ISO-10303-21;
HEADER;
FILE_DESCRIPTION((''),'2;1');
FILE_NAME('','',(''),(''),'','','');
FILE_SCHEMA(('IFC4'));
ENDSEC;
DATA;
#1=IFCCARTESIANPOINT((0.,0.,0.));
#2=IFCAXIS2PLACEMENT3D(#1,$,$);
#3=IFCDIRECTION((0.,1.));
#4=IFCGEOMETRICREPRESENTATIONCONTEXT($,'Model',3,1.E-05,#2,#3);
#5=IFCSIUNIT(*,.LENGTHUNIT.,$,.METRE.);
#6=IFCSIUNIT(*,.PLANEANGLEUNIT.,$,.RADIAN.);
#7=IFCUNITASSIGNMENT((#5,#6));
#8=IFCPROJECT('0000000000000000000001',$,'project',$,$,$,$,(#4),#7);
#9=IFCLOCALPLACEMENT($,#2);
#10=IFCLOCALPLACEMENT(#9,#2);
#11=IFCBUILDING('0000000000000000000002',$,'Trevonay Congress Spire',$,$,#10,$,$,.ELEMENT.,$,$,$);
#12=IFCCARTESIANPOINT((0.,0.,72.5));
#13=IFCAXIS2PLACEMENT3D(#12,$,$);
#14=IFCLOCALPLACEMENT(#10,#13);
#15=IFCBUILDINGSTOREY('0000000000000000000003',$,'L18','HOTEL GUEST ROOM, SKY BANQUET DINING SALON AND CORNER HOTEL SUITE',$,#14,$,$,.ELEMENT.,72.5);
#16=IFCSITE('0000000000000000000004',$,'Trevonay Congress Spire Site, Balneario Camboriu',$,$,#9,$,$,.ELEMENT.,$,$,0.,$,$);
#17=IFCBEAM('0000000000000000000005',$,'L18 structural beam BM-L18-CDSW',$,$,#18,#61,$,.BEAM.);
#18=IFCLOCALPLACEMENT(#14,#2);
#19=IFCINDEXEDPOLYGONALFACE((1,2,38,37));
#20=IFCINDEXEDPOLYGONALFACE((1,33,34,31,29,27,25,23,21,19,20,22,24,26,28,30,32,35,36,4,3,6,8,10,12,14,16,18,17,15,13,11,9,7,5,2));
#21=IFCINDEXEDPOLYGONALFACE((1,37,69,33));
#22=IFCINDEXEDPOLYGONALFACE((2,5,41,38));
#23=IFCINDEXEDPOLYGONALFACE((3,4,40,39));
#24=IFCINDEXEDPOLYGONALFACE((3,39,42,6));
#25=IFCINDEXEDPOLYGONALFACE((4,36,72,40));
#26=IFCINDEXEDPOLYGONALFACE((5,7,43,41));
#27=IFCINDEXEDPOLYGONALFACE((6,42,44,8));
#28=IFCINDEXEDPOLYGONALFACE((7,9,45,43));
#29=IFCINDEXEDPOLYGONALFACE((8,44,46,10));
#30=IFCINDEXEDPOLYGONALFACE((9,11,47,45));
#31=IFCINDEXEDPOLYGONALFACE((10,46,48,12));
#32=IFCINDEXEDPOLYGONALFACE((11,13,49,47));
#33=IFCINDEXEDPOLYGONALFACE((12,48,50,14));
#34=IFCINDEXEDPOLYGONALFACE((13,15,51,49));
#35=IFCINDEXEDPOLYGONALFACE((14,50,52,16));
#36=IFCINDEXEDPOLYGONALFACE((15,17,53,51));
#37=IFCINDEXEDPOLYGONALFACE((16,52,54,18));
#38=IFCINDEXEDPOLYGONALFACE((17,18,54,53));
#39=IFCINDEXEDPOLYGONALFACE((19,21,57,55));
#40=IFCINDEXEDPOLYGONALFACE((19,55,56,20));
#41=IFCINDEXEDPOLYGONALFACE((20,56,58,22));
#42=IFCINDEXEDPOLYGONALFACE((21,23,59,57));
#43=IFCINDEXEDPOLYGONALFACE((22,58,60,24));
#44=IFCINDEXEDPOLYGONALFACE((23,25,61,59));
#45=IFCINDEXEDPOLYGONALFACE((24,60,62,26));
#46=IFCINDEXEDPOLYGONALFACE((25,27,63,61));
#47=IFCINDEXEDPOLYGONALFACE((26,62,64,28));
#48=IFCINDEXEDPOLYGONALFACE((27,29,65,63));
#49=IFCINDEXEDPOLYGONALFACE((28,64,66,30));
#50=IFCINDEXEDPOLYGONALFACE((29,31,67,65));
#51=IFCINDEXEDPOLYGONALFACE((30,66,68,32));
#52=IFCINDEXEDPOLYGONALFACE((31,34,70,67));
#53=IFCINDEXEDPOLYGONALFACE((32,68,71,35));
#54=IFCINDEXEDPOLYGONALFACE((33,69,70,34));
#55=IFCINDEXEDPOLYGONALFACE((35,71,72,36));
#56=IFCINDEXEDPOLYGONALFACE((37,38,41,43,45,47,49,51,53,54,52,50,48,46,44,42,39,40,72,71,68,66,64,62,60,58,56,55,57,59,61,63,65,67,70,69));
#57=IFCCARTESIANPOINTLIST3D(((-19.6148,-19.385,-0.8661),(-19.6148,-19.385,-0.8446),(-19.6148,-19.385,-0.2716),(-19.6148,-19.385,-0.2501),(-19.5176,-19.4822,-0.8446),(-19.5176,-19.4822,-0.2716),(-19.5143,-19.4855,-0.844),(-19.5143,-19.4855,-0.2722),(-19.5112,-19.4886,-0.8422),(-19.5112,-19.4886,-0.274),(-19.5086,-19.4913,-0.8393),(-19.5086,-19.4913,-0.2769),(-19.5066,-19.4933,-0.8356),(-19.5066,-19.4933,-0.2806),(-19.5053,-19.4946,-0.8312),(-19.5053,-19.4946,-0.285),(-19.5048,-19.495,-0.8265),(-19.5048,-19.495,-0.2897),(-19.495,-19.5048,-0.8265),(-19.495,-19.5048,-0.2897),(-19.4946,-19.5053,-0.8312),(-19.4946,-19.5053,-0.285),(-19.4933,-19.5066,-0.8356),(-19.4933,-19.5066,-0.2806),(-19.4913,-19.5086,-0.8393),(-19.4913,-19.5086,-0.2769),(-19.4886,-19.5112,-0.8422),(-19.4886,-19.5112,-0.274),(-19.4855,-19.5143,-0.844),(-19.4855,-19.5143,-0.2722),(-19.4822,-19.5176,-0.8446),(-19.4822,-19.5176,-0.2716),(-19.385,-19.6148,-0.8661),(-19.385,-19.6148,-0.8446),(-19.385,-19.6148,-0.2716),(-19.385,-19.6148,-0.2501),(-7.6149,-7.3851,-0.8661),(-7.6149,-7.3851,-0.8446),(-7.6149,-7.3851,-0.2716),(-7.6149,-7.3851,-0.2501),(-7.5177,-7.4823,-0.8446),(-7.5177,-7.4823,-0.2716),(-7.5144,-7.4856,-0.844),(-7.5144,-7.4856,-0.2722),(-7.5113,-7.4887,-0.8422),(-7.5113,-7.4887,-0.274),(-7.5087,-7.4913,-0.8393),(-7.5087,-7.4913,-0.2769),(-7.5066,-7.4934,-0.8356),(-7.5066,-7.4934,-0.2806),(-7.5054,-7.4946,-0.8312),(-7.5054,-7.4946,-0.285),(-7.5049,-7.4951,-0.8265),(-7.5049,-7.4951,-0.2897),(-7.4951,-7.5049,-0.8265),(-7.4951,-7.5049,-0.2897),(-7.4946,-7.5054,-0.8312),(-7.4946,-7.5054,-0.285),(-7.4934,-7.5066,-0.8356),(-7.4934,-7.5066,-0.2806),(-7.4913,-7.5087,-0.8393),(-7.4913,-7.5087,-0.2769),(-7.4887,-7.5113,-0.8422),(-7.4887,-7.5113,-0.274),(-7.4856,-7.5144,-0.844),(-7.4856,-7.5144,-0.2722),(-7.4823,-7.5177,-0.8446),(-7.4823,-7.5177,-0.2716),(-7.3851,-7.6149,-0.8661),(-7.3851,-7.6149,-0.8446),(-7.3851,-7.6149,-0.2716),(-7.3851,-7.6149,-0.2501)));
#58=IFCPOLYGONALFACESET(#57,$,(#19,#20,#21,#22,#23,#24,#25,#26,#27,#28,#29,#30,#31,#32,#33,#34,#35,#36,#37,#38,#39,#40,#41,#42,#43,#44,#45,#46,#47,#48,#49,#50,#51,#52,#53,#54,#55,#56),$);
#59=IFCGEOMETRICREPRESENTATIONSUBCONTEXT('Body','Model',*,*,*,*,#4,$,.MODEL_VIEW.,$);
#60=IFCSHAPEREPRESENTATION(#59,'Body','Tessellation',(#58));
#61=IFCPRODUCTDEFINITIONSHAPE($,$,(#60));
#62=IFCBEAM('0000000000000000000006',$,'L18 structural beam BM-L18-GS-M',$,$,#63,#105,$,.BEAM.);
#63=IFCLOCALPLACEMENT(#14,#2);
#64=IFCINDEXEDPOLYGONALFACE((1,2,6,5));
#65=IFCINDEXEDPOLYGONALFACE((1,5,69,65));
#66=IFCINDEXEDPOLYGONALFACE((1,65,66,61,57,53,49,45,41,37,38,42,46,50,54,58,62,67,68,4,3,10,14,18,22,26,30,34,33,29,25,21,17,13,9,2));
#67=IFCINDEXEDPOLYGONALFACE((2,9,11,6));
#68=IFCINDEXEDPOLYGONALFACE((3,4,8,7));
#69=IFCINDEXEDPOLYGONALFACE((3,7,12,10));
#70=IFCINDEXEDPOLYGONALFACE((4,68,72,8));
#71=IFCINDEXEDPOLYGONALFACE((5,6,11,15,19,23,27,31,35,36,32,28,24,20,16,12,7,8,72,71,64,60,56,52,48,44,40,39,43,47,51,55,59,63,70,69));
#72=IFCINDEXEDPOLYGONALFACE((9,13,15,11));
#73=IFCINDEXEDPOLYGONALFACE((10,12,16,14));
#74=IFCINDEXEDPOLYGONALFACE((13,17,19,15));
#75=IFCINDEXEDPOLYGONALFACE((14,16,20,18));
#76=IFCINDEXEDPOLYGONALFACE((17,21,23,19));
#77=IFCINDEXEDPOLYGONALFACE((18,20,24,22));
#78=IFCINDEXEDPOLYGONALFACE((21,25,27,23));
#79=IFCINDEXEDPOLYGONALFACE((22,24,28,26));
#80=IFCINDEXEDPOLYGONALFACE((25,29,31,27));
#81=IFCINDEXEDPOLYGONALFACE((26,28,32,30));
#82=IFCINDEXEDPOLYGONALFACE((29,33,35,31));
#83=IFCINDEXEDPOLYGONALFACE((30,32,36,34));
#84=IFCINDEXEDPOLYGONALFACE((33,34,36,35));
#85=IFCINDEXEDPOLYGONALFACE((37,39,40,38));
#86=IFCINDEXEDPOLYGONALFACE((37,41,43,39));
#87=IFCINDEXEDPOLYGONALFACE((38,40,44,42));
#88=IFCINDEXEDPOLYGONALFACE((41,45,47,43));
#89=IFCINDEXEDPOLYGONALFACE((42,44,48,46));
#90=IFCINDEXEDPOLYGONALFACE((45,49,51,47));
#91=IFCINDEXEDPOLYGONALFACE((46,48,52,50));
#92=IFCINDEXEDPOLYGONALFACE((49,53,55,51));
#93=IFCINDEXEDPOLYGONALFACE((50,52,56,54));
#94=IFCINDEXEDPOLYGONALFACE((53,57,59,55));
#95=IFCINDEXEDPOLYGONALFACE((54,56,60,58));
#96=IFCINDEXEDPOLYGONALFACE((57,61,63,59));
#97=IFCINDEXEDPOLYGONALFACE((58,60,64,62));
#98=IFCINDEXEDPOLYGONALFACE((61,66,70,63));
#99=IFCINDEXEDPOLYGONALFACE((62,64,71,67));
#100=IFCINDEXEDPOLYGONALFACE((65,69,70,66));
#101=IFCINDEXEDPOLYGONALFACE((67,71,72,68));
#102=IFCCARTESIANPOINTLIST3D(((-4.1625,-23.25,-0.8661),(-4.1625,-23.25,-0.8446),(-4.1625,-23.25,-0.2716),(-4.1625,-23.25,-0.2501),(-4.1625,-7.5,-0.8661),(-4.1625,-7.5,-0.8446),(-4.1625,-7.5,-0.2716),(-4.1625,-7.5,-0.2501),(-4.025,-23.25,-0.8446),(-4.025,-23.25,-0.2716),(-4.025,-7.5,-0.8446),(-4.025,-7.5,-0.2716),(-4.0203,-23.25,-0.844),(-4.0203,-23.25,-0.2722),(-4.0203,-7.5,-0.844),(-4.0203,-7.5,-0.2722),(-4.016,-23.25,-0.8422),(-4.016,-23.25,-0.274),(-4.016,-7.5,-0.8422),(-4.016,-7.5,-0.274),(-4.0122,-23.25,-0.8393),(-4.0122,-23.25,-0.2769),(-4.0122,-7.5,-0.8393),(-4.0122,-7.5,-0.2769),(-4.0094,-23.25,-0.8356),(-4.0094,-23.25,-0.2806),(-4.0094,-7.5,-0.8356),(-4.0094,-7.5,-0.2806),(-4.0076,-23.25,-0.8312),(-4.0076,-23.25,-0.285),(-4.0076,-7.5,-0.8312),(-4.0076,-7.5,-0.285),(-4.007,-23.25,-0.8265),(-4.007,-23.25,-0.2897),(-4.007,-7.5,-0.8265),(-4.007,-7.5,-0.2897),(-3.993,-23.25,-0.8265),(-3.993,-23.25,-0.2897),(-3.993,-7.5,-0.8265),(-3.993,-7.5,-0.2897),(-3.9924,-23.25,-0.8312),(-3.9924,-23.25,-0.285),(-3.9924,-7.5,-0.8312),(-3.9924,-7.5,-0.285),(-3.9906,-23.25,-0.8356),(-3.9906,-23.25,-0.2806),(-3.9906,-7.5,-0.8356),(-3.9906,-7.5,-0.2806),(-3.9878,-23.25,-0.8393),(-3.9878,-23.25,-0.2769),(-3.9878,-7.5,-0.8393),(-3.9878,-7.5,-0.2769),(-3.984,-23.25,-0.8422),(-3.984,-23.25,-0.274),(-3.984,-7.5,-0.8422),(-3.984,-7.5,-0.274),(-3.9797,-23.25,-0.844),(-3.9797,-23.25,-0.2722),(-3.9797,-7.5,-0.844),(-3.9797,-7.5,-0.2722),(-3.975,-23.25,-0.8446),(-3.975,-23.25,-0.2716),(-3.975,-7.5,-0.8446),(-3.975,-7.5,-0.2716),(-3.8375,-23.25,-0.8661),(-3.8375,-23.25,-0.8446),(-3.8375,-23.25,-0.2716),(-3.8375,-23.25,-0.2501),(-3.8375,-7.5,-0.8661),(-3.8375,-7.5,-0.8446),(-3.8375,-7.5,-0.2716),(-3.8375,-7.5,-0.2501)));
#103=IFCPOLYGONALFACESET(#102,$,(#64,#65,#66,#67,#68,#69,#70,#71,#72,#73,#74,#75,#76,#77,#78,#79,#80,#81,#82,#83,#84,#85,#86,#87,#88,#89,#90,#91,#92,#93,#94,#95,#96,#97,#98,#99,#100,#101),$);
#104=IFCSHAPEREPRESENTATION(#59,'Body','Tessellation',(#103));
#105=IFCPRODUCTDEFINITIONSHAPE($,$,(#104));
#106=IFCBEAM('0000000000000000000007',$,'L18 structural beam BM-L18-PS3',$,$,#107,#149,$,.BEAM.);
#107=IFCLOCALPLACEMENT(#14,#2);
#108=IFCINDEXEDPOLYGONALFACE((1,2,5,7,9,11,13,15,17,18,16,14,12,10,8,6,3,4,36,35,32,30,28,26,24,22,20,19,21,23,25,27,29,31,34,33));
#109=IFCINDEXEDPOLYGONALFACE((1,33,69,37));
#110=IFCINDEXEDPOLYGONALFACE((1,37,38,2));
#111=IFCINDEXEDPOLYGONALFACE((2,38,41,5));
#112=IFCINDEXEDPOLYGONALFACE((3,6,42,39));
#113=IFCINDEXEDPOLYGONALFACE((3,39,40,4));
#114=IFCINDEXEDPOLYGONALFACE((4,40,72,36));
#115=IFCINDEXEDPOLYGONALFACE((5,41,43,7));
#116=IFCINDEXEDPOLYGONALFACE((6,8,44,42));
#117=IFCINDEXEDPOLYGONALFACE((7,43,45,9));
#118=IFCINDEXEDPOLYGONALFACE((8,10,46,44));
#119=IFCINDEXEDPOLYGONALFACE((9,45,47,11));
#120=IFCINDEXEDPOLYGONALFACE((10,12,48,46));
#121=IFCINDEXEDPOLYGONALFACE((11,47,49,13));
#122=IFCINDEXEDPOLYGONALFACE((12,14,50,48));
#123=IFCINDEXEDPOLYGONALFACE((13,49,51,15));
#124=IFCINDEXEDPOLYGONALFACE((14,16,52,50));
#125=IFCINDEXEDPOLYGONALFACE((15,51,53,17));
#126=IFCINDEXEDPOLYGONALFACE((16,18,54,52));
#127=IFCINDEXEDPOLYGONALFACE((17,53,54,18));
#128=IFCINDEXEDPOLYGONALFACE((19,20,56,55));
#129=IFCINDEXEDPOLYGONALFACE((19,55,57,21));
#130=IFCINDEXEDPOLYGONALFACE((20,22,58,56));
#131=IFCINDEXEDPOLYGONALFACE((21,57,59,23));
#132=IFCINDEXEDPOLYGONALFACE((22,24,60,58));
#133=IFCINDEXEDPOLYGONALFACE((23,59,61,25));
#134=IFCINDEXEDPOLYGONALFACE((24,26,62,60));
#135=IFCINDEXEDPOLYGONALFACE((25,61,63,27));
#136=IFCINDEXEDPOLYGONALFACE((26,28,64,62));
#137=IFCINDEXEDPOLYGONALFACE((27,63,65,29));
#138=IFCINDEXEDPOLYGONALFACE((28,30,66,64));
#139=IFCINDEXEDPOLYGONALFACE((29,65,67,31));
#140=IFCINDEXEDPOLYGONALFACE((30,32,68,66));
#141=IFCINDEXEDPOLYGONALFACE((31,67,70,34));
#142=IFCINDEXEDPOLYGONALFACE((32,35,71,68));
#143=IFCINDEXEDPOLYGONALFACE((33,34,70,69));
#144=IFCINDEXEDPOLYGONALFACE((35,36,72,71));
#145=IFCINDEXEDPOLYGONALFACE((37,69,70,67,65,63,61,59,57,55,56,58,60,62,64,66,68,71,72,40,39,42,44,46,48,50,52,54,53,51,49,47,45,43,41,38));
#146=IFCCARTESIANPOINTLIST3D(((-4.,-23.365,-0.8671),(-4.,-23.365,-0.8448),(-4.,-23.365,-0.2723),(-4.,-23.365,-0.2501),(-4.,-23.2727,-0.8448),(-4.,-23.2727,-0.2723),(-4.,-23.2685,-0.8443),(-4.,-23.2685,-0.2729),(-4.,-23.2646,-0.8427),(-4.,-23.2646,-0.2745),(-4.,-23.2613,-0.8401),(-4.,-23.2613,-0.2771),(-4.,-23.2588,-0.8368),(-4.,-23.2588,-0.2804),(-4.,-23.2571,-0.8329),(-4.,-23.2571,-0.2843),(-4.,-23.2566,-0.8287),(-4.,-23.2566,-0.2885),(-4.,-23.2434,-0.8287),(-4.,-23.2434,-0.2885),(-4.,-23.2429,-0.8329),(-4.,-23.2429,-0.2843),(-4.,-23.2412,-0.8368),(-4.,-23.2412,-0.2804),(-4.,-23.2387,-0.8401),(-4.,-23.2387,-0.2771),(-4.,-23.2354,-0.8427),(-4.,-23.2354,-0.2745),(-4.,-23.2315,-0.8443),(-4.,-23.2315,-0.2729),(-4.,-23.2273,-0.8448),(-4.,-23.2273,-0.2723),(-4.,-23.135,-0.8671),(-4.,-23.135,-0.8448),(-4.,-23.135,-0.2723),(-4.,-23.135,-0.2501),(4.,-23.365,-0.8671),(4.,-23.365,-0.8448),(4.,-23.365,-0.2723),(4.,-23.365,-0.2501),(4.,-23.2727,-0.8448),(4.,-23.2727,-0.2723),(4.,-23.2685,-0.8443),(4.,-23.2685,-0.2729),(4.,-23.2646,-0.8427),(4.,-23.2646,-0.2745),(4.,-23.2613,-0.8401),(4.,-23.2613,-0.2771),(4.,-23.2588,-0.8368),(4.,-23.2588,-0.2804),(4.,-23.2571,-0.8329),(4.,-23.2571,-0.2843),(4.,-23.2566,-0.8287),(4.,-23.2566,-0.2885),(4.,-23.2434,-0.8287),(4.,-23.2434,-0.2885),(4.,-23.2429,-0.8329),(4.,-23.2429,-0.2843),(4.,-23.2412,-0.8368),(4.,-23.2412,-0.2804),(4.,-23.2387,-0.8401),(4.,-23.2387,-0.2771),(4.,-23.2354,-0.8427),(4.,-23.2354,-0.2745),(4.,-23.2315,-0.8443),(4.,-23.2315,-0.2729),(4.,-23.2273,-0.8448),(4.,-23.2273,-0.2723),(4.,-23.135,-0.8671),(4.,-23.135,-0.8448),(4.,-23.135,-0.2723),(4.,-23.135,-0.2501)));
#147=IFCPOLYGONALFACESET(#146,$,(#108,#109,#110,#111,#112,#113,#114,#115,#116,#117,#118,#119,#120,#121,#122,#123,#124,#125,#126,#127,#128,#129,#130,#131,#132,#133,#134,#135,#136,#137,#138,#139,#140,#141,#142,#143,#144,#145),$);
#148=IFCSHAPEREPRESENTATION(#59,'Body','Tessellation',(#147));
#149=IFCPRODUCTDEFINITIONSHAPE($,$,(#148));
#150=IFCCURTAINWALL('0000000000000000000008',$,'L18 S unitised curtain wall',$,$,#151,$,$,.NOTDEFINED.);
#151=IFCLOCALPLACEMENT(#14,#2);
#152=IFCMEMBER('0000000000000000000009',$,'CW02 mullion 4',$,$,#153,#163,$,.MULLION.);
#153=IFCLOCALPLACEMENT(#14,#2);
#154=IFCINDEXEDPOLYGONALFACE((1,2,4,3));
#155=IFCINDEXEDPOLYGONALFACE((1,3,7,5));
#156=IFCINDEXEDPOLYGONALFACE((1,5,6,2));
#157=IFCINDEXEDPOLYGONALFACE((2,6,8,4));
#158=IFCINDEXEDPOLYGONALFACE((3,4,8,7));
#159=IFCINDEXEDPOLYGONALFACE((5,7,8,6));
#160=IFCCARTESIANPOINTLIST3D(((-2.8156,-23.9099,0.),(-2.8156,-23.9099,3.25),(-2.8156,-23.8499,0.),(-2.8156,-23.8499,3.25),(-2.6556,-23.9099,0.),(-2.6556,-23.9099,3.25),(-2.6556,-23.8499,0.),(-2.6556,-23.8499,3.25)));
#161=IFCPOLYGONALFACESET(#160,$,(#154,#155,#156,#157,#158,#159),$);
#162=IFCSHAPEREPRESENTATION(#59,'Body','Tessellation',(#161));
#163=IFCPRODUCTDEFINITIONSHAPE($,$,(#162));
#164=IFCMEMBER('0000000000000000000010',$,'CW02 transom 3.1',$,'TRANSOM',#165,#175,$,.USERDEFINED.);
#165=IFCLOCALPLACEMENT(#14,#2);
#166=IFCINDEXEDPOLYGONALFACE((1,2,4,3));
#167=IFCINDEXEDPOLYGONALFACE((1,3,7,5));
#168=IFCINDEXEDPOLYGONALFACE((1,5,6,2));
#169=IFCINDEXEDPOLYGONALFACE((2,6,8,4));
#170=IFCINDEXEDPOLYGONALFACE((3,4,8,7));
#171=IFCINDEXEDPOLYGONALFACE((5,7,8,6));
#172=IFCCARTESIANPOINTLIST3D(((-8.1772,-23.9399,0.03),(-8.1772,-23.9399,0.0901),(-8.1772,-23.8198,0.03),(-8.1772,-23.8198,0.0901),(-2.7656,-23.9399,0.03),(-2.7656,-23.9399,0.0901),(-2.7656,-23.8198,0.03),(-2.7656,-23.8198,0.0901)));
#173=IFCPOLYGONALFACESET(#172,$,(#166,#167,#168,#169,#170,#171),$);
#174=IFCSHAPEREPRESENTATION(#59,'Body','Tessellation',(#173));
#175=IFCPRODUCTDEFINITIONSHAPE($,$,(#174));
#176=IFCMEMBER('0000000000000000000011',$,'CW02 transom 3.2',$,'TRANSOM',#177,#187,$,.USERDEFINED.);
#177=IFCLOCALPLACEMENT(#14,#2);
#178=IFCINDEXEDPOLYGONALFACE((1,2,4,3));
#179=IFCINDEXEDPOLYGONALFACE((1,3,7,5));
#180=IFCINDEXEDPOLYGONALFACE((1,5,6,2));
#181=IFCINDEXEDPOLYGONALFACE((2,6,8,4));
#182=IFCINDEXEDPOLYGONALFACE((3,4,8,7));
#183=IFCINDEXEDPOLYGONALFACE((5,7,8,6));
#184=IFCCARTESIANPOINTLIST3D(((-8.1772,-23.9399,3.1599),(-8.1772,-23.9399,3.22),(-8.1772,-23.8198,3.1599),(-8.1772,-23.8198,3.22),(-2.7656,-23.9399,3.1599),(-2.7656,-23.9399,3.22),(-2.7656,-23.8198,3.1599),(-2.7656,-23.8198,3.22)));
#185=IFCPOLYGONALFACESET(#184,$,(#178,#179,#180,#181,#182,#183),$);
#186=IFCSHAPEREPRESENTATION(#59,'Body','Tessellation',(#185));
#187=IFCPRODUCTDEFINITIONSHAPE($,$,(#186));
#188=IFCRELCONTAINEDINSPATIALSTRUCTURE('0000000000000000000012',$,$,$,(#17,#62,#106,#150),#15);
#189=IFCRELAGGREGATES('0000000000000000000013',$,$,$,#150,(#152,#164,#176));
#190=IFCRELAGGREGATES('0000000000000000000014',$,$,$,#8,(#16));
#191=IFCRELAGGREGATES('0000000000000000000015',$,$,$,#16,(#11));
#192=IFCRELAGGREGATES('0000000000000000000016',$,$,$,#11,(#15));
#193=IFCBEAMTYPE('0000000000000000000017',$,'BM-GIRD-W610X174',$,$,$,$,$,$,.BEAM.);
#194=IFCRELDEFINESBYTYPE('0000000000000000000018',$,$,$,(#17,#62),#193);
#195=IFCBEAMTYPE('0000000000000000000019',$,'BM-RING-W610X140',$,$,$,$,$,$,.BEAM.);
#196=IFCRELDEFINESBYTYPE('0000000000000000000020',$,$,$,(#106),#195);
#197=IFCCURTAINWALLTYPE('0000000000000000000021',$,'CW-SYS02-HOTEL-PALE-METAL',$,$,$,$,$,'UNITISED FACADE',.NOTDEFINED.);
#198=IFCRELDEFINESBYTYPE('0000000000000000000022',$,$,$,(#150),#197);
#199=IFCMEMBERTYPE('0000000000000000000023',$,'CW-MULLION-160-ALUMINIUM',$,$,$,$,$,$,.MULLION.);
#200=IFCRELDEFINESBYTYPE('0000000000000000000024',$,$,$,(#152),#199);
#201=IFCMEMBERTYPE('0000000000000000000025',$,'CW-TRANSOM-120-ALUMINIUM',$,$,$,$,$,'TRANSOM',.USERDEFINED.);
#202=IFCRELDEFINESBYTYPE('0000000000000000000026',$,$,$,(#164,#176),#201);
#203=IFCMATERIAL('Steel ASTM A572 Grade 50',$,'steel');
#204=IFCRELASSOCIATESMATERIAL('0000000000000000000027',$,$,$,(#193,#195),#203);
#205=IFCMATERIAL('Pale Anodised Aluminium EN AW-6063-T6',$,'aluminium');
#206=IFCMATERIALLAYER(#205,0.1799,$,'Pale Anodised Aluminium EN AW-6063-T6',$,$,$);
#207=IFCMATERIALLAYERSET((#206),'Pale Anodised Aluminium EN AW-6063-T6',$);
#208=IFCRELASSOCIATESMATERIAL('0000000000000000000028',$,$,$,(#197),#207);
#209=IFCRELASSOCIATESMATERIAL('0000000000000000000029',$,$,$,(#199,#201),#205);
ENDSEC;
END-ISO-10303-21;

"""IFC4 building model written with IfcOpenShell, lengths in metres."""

from ifc_helpers import new_model, si_unit, direction, frame, origin, origin_2d, place, context, subcontext, project, spatial, rectangle, i_section, extrude, material, layer, layer_set, material_profile, profile_set, type_object, element, aggregate, save


model = new_model("IFC4")

# Units and contexts
model_context = context("Model", 3, precision=1e-05, world=origin(), true_north=direction((0.0, 1.0)))
body_context = subcontext(model_context, "Body", "Model", "MODEL_VIEW")
ifc_project = project(units=[si_unit("LENGTHUNIT", "METRE"), si_unit("PLANEANGLEUNIT", "RADIAN")], contexts=[model_context])

# Site, building, storey
site_placement = place(None, origin())
site = spatial("IfcSite", under=ifc_project, at=site_placement, Name="Trevonay Congress Spire Site, Balneario Camboriu", CompositionType="ELEMENT", RefElevation=0.0)
building_placement = place(site_placement, origin())
building = spatial("IfcBuilding", under=site, at=building_placement, Name="Trevonay Congress Spire", CompositionType="ELEMENT")
storey_placement = place(building_placement, frame((0.0, 0.0, 72.5)))
storey = spatial("IfcBuildingStorey", under=building, at=storey_placement, Name="L18", Description="HOTEL GUEST ROOM, SKY BANQUET DINING SALON AND CORNER HOTEL SUITE", CompositionType="ELEMENT", Elevation=72.5)

# Shared definitions
ifc_material_1 = material(Name="Steel ASTM A572 Grade 50", Category="steel")

# Beams
ifc_material_profile_1 = material_profile(ifc_material_1, i_section(OverallWidth=0.325, OverallDepth=0.616, WebThickness=0.0139, FlangeThickness=0.0215, FilletRadius=0.0181, at=origin_2d()), Name="W610x174")
ifc_profile_set_1 = profile_set([ifc_material_profile_1], Name="Steel ASTM A572 Grade 50")
beam_type_1 = type_object("IfcBeamType", Name="BM-GIRD-W610X174", PredefinedType="BEAM", material=ifc_profile_set_1)
beam_1_placement = place(storey_placement, frame((-7.5, -7.5, -0.5581), z_axis=(-0.707107, -0.707107, 0.0), x_axis=(0.707107, -0.707107, 0.0)))
element("IfcBeam", 1, at=beam_1_placement, inside=storey, type_object=beam_type_1, Name="L18 structural beam BM-L18-CDSW", PredefinedType="BEAM", context=body_context, shape_type="SweptSolid", body=[
    extrude(i_section(OverallWidth=0.325, OverallDepth=0.616, WebThickness=0.0139, FlangeThickness=0.0215, FilletRadius=0.0181, at=origin_2d()), origin(), (0.0, 0.0, 1.0), 16.9705),
])
beam_2_placement = place(storey_placement, frame((-4.0, -7.5, -0.5581), z_axis=(0.0, -1.0, 0.0), x_axis=(1.0, 0.0, 0.0)))
element("IfcBeam", 2, at=beam_2_placement, inside=storey, type_object=beam_type_1, Name="L18 structural beam BM-L18-GS-M", PredefinedType="BEAM", context=body_context, shape_type="SweptSolid", body=[
    extrude(i_section(OverallWidth=0.325, OverallDepth=0.616, WebThickness=0.0139, FlangeThickness=0.0215, FilletRadius=0.0181, at=origin_2d()), origin(), (0.0, 0.0, 1.0), 15.75),
])
ifc_material_profile_2 = material_profile(ifc_material_1, i_section(OverallWidth=0.23, OverallDepth=0.6169, WebThickness=0.0132, FlangeThickness=0.0222, FilletRadius=0.0161, at=origin_2d()), Name="W610x140")
ifc_profile_set_2 = profile_set([ifc_material_profile_2], Name="Steel ASTM A572 Grade 50")
beam_type_2 = type_object("IfcBeamType", Name="BM-RING-W610X140", PredefinedType="BEAM", material=ifc_profile_set_2)
beam_3_placement = place(storey_placement, frame((-4.0, -23.25, -0.5586), z_axis=(1.0, 0.0, 0.0), x_axis=(0.0, 1.0, 0.0)))
element("IfcBeam", 3, at=beam_3_placement, inside=storey, type_object=beam_type_2, Name="L18 structural beam BM-L18-PS3", PredefinedType="BEAM", context=body_context, shape_type="SweptSolid", body=[
    extrude(i_section(OverallWidth=0.23, OverallDepth=0.6169, WebThickness=0.0132, FlangeThickness=0.0222, FilletRadius=0.0161, at=origin_2d()), origin(), (0.0, 0.0, 1.0), 8.0),
])

# Curtain wall, members
ifc_material_2 = material(Name="Pale Anodised Aluminium EN AW-6063-T6", Category="aluminium")
ifc_layer_1 = layer(ifc_material_2, 0.1799, Name="Pale Anodised Aluminium EN AW-6063-T6")
ifc_layer_set_1 = layer_set([ifc_layer_1], Name="Pale Anodised Aluminium EN AW-6063-T6")
curtain_wall_type = type_object("IfcCurtainWallType", Name="CW-SYS02-HOTEL-PALE-METAL", ElementType="UNITISED FACADE", PredefinedType="NOTDEFINED", material=ifc_layer_set_1)
curtain_wall_placement = place(storey_placement, origin())
curtain_wall = element("IfcCurtainWall", 4, at=curtain_wall_placement, inside=storey, type_object=curtain_wall_type, Name="L18 S unitised curtain wall", PredefinedType="NOTDEFINED")
ifc_material_profile_3 = material_profile(ifc_material_2, rectangle(XDim=0.0601, YDim=0.1599, at=origin_2d()), Name="CW-MULLION-160-ALUMINIUM")
ifc_profile_set_3 = profile_set([ifc_material_profile_3], Name="Pale Anodised Aluminium EN AW-6063-T6")
member_type_1 = type_object("IfcMemberType", Name="CW-MULLION-160-ALUMINIUM", PredefinedType="MULLION", material=ifc_profile_set_3)
member_1_placement = place(storey_placement, frame((-2.7356, -23.8799, 0.0), z_axis=(0.0, 0.0, 1.0), x_axis=(0.0, 1.0, 0.0)))
member_1 = element("IfcMember", 5, at=member_1_placement, type_object=member_type_1, Name="CW02 mullion 4", PredefinedType="MULLION", context=body_context, shape_type="SweptSolid", body=[
    extrude(rectangle(XDim=0.0601, YDim=0.1599, at=origin_2d()), origin(), (0.0, 0.0, 1.0), 3.25),
])
ifc_material_profile_4 = material_profile(ifc_material_2, rectangle(XDim=0.1201, YDim=0.0601, at=origin_2d()), Name="CW-TRANSOM-120-ALUMINIUM")
ifc_profile_set_4 = profile_set([ifc_material_profile_4], Name="Pale Anodised Aluminium EN AW-6063-T6")
member_type_2 = type_object("IfcMemberType", Name="CW-TRANSOM-120-ALUMINIUM", ElementType="TRANSOM", PredefinedType="USERDEFINED", material=ifc_profile_set_4)
member_2_placement = place(storey_placement, frame((-8.1772, -23.8799, 0.0601), z_axis=(1.0, 0.0, 0.0), x_axis=(0.0, 1.0, 0.0)))
member_2 = element("IfcMember", 6, at=member_2_placement, type_object=member_type_2, Name="CW02 transom 3.1", ObjectType="TRANSOM", PredefinedType="USERDEFINED", context=body_context, shape_type="SweptSolid", body=[
    extrude(rectangle(XDim=0.1201, YDim=0.0601, at=origin_2d()), origin(), (0.0, 0.0, 1.0), 5.4116),
])
member_3_placement = place(storey_placement, frame((-8.1772, -23.8799, 3.1899), z_axis=(1.0, 0.0, 0.0), x_axis=(0.0, 1.0, 0.0)))
member_3 = element("IfcMember", 7, at=member_3_placement, type_object=member_type_2, Name="CW02 transom 3.2", ObjectType="TRANSOM", PredefinedType="USERDEFINED", context=body_context, shape_type="SweptSolid", body=[
    extrude(rectangle(XDim=0.1201, YDim=0.0601, at=origin_2d()), origin(), (0.0, 0.0, 1.0), 5.4116),
])

aggregate(curtain_wall, [member_1, member_2, member_3])

save(model, "model.ifc")
